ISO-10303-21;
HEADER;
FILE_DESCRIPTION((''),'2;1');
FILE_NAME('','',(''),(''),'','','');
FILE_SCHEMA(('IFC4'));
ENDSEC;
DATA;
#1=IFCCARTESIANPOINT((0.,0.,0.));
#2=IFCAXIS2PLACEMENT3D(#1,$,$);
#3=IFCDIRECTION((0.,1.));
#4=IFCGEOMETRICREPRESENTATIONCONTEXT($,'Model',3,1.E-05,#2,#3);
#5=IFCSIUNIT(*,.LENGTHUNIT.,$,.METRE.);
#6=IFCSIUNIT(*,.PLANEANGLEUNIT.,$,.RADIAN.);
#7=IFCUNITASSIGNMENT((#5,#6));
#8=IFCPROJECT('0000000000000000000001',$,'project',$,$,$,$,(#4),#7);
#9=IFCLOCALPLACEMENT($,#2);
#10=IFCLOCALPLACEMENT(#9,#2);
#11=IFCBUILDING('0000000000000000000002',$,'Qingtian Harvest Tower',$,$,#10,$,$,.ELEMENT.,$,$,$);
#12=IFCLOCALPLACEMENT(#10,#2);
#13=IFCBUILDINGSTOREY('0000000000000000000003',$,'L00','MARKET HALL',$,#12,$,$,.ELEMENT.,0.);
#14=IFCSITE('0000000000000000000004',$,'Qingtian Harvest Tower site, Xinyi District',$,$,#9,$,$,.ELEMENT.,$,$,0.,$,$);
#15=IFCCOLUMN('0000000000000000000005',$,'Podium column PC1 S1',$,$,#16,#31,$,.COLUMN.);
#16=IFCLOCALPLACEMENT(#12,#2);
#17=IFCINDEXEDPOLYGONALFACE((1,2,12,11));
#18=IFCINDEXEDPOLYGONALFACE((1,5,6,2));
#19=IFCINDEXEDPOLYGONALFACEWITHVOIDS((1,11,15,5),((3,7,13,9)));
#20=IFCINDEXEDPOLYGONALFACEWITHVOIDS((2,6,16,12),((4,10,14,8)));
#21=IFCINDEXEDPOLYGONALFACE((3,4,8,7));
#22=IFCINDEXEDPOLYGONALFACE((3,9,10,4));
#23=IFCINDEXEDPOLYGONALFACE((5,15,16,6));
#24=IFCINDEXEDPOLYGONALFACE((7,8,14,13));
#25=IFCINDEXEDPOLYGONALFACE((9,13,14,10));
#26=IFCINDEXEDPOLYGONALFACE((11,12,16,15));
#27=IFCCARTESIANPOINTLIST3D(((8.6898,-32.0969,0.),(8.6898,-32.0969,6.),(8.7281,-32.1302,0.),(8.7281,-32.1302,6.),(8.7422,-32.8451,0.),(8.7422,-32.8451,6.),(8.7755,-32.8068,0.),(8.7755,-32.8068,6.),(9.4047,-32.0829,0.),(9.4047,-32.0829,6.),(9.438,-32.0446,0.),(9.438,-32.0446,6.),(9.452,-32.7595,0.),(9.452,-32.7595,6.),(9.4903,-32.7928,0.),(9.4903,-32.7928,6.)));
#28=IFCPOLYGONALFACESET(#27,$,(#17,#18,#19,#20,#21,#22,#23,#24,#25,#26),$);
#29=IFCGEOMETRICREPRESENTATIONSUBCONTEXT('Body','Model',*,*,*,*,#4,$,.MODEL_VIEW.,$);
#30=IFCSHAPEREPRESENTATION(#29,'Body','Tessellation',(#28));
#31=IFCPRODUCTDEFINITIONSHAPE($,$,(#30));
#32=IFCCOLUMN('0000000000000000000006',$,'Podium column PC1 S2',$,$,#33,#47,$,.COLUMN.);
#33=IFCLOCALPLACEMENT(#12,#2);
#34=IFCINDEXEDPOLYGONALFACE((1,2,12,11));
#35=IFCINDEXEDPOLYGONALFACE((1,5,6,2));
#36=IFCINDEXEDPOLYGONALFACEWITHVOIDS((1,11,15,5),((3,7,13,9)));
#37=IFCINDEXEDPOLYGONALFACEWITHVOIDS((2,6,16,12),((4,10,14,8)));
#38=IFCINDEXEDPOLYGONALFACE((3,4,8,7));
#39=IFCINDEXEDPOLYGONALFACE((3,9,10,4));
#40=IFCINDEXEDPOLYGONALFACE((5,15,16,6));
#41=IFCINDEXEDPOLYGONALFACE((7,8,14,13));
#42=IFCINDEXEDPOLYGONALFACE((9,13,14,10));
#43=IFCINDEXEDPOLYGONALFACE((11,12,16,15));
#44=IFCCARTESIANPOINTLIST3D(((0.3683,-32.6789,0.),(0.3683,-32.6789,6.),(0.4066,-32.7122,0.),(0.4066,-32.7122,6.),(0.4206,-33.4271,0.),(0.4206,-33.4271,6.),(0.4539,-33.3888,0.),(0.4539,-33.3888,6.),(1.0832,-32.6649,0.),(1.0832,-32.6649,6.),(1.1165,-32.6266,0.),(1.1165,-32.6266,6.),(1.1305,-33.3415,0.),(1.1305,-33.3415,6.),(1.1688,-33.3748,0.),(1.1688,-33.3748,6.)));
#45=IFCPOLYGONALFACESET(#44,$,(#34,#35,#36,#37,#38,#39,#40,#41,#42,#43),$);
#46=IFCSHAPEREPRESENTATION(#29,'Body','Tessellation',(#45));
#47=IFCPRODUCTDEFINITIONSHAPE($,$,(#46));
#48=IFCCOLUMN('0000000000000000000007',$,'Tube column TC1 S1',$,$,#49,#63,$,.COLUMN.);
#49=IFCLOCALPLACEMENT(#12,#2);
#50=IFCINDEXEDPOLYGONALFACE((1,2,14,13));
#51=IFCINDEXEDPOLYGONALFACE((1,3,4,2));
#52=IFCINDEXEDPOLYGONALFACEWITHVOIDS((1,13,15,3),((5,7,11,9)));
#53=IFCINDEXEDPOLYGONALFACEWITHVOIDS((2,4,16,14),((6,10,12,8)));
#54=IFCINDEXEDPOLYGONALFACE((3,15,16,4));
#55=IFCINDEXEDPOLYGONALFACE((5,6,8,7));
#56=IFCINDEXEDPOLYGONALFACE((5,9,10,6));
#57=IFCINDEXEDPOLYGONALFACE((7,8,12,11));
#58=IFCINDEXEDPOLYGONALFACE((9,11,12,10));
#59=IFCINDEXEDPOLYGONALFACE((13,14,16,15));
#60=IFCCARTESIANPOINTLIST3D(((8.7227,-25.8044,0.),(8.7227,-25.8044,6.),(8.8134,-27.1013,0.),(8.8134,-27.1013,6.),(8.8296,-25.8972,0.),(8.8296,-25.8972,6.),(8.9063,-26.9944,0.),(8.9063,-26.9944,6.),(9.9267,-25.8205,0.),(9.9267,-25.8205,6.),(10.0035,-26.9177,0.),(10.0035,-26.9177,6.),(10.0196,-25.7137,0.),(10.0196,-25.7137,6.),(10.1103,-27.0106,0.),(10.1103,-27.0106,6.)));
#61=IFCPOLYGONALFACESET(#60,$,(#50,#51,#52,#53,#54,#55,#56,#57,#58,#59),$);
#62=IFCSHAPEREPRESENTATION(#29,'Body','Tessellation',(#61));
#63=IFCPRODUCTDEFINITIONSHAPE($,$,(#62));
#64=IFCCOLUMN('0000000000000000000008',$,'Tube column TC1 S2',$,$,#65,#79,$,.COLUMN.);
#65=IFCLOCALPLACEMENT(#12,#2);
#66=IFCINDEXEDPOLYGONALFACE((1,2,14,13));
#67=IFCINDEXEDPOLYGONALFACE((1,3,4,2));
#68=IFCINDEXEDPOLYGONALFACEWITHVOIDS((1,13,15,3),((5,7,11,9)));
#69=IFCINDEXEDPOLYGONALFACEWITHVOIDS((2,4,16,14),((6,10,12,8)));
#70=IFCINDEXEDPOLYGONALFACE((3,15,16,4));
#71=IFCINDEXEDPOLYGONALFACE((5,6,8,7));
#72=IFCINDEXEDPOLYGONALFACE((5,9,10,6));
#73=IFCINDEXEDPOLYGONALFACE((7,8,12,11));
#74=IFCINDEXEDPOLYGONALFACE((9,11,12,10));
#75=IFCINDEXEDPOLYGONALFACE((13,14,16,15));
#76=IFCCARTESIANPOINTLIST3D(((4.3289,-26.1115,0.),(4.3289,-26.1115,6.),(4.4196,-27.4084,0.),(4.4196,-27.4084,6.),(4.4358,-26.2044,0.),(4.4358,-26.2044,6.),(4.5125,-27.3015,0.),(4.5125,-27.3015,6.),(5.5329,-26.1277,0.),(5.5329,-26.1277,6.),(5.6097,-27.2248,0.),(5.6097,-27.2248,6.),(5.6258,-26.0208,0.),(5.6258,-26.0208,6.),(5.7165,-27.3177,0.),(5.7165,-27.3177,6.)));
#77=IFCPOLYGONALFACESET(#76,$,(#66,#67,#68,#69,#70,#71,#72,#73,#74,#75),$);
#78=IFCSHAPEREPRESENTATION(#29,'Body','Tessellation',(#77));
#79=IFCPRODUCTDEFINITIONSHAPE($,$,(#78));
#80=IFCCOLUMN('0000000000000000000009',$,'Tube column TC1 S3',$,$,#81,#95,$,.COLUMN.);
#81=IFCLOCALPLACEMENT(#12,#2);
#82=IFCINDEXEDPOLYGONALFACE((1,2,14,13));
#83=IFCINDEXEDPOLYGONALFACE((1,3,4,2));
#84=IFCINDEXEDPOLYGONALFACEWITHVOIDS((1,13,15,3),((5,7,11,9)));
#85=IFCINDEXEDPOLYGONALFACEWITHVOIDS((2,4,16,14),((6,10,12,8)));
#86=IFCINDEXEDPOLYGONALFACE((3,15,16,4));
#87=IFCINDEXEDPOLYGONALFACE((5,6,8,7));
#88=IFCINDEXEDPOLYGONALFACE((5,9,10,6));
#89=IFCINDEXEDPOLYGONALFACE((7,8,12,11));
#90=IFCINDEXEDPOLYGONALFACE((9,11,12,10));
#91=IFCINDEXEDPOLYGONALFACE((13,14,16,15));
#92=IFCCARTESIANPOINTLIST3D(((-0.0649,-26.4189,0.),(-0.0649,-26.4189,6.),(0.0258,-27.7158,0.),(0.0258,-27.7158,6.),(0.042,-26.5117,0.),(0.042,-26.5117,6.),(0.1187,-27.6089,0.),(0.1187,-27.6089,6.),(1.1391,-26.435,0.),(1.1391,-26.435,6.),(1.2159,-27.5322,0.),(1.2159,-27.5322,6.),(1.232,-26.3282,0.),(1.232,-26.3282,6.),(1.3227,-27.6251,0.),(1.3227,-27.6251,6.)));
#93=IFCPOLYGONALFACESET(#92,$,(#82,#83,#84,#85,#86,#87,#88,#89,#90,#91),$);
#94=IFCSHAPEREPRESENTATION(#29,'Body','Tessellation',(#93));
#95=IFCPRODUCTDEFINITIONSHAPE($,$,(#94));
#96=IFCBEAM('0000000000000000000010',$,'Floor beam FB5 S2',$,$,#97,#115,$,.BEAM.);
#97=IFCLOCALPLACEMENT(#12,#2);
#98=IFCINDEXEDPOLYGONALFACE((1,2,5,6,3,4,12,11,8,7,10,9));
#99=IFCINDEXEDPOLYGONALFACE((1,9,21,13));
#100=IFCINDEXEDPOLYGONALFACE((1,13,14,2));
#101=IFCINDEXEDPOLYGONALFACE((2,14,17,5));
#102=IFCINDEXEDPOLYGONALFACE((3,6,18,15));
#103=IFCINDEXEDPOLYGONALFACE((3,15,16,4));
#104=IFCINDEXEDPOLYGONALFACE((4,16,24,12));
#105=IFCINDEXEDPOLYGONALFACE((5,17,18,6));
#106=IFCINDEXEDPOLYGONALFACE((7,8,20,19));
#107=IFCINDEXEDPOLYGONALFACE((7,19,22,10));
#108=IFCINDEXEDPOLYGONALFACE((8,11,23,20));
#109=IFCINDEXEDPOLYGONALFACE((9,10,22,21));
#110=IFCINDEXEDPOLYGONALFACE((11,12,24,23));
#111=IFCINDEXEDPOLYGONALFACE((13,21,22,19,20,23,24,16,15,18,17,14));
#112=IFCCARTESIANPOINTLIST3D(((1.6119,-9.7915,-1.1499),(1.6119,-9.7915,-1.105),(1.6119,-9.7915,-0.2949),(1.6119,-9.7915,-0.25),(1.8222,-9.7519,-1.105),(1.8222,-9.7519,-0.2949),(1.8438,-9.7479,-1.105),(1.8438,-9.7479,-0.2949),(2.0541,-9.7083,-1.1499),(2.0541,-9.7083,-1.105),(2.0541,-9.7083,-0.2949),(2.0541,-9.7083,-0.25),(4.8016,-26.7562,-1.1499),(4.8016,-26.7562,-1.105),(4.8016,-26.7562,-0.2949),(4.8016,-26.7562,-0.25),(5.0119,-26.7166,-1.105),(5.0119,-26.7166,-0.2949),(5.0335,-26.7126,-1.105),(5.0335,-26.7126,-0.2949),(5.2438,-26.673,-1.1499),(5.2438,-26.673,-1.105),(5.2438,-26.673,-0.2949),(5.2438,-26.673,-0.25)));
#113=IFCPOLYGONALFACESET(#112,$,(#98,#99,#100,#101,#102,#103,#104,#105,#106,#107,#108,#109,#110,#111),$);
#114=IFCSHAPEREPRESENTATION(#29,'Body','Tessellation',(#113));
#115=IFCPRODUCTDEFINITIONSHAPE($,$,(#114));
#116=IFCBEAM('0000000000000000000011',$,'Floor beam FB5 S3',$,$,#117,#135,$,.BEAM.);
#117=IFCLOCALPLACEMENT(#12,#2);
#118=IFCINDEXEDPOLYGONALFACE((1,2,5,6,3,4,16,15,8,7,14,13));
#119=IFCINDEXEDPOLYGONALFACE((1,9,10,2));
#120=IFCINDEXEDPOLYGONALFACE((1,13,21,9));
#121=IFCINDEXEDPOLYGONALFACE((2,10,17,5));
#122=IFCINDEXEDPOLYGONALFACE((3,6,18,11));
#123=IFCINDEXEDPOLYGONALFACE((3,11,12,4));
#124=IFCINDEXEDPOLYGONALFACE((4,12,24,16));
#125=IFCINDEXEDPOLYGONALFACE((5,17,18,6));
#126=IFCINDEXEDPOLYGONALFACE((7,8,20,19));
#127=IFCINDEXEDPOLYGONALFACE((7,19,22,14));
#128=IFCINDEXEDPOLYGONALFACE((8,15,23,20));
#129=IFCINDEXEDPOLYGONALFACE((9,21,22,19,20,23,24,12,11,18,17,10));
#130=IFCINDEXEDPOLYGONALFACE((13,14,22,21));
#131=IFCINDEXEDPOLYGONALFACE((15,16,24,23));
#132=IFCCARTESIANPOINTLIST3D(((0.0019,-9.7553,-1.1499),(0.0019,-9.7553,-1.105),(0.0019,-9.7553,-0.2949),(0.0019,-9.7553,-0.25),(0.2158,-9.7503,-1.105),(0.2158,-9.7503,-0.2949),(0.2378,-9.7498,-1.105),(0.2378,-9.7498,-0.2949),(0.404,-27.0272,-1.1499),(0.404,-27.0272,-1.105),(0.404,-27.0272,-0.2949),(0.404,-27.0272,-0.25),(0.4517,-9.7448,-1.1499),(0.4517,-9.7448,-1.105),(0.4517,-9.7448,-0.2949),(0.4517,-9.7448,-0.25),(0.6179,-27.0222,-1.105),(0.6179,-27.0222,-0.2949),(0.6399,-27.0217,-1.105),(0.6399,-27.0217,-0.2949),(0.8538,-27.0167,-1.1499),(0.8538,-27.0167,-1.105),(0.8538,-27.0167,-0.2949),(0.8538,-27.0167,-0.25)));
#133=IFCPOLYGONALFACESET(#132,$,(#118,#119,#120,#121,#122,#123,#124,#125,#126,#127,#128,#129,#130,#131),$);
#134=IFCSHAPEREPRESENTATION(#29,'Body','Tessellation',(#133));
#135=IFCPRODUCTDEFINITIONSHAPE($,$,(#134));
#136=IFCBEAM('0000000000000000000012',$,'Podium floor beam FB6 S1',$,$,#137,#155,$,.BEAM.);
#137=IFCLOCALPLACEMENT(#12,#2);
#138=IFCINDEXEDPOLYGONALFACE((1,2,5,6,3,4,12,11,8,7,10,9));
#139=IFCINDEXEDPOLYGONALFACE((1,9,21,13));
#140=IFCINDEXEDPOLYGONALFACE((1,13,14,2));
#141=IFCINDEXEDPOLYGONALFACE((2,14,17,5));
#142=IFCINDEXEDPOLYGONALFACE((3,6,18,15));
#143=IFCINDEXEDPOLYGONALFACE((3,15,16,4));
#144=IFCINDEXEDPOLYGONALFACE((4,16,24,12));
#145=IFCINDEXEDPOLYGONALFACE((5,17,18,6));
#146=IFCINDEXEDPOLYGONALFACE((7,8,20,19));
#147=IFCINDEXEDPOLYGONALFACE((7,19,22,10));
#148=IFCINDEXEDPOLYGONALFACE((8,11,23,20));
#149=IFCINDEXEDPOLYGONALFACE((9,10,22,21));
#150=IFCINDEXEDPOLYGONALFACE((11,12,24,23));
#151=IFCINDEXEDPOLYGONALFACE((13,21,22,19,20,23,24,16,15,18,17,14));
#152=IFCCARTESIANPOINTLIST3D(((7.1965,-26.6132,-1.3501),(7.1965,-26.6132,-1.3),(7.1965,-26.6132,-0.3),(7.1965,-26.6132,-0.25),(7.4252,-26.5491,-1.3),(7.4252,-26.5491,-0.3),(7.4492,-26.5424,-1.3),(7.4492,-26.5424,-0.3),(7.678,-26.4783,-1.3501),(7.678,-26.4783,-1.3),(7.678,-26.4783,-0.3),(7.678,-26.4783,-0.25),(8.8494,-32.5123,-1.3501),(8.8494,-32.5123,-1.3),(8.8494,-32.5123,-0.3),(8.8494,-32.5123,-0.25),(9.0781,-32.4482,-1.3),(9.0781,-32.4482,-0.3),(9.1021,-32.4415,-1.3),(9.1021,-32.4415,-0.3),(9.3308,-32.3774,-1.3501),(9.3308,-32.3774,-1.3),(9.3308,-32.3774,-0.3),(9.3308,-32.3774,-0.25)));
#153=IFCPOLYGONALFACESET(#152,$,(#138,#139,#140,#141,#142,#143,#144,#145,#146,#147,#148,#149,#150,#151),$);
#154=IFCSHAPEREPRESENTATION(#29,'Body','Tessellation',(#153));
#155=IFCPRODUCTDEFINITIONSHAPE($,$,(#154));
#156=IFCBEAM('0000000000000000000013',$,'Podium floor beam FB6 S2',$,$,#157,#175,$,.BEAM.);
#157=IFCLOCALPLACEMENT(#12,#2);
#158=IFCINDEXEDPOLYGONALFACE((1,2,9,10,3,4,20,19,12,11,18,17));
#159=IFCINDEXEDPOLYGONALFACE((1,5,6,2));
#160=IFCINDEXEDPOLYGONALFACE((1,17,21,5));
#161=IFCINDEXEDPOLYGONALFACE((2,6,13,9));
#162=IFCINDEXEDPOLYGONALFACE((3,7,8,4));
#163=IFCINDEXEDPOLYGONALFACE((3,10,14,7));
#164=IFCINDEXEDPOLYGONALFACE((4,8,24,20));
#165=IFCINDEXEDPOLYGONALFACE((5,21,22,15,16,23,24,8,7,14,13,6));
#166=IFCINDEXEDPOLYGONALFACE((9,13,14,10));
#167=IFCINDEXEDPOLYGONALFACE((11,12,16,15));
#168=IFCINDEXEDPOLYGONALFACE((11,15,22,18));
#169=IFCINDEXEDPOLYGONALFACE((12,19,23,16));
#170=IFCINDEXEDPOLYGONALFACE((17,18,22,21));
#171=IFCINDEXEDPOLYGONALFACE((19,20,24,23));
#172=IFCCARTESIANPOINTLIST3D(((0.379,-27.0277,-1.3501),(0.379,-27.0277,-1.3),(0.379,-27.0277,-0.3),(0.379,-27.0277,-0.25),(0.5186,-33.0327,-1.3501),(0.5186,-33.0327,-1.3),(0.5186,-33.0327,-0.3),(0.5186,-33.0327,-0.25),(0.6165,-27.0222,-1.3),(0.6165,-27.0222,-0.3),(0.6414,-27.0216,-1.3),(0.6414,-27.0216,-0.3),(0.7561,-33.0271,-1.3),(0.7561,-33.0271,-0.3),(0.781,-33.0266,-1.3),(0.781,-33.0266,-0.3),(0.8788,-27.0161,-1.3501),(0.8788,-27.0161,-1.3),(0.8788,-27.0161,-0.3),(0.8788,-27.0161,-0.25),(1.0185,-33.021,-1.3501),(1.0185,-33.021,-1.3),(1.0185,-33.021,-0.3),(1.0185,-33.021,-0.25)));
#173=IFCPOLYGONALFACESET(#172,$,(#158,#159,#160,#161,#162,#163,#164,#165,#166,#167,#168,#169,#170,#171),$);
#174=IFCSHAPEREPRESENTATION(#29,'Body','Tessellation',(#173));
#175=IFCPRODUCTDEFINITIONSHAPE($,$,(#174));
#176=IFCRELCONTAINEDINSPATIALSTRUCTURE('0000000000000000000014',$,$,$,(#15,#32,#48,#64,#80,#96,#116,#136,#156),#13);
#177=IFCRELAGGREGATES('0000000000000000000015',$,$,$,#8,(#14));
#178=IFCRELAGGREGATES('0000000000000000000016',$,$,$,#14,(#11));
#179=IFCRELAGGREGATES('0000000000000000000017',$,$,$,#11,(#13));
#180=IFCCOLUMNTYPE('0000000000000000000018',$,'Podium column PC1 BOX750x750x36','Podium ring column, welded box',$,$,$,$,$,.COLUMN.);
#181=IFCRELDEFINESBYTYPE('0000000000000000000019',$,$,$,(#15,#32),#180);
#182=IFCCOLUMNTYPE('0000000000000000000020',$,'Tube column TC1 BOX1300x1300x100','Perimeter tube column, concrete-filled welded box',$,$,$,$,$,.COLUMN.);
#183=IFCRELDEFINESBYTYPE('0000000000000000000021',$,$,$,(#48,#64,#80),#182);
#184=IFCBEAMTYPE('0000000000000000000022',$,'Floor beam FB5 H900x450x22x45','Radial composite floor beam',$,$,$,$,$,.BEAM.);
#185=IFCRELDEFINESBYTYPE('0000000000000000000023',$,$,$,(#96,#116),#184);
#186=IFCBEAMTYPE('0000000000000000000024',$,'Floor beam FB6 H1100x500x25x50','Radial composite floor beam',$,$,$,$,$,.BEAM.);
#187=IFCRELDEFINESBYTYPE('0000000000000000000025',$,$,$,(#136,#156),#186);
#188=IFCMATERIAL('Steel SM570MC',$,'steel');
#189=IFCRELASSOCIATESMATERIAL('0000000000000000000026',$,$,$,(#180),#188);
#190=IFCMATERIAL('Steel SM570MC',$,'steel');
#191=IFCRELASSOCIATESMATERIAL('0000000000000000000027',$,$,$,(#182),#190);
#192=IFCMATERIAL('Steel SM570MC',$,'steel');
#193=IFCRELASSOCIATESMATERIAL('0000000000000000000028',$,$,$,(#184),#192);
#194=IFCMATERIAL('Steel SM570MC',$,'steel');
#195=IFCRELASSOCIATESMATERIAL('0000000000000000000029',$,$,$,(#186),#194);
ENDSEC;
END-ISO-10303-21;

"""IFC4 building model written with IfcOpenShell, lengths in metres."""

from ifc_helpers import new_model, si_unit, direction, frame, origin, origin_2d, place, context, subcontext, project, spatial, hollow_rectangle, i_section, extrude, material, material_profile, profile_set, type_object, element, save


model = new_model("IFC4")

# Units and contexts
model_context = context("Model", 3, precision=1e-05, world=origin(), true_north=direction((0.0, 1.0)))
body_context = subcontext(model_context, "Body", "Model", "MODEL_VIEW")
ifc_project = project(units=[si_unit("LENGTHUNIT", "METRE"), si_unit("PLANEANGLEUNIT", "RADIAN")], contexts=[model_context])

# Site, building, storey
site_placement = place(None, origin())
site = spatial("IfcSite", under=ifc_project, at=site_placement, Name="Qingtian Harvest Tower site, Xinyi District", CompositionType="ELEMENT", RefElevation=0.0)
building_placement = place(site_placement, origin())
building = spatial("IfcBuilding", under=site, at=building_placement, Name="Qingtian Harvest Tower", CompositionType="ELEMENT")
storey_placement = place(building_placement, origin())
storey = spatial("IfcBuildingStorey", under=building, at=storey_placement, Name="L00", Description="MARKET HALL", CompositionType="ELEMENT", Elevation=0.0)

# Columns
ifc_material_1 = material(Name="Steel SM570MC", Category="steel")
ifc_material_profile_1 = material_profile(ifc_material_1, hollow_rectangle(XDim=0.75, YDim=0.75, WallThickness=0.0359, at=origin_2d()), Name="BOX750x750x36")
ifc_profile_set_1 = profile_set([ifc_material_profile_1], Name="Steel SM570MC")
column_type_1 = type_object("IfcColumnType", Name="Podium column PC1 BOX750x750x36", Description="Podium ring column, welded box", PredefinedType="COLUMN", material=ifc_profile_set_1)
for number, where, z_axis, x_axis, name in (
    (1, (9.0901, -32.4448, 0.0), (0.0, 0.0, 1.0), (0.997564, 0.069756, 0.0), "Podium column PC1 S1"),
    (2, (0.7686, -33.0269, 0.0), (0.0, 0.0, 1.0), (0.997564, 0.069756, 0.0), "Podium column PC1 S2"),
):
    element("IfcColumn", number, at=place(storey_placement, frame(where, z_axis=z_axis, x_axis=x_axis)), inside=storey, type_object=column_type_1, Name=name, PredefinedType="COLUMN", context=body_context, shape_type="SweptSolid", body=[
        extrude(hollow_rectangle(XDim=0.75, YDim=0.75, WallThickness=0.0359, at=origin_2d()), origin(), (0.0, 0.0, 1.0), 6.0),
    ])
ifc_material_2 = material(Name="Steel SM570MC", Category="steel")
ifc_material_profile_2 = material_profile(ifc_material_2, hollow_rectangle(XDim=1.3, YDim=1.3, WallThickness=0.1001, at=origin_2d()), Name="BOX1300x1300x100")
ifc_profile_set_2 = profile_set([ifc_material_profile_2], Name="Steel SM570MC")
column_type_2 = type_object("IfcColumnType", Name="Tube column TC1 BOX1300x1300x100", Description="Perimeter tube column, concrete-filled welded box", PredefinedType="COLUMN", material=ifc_profile_set_2)
for number, where, z_axis, x_axis, name in (
    (3, (9.4165, -26.4075, 0.0), (0.0, 0.0, 1.0), (0.997564, 0.069756, 0.0), "Tube column TC1 S1"),
    (4, (5.0227, -26.7146, 0.0), (0.0, 0.0, 1.0), (0.997564, 0.069756, 0.0), "Tube column TC1 S2"),
    (5, (0.6289, -27.022, 0.0), (0.0, 0.0, 1.0), (0.997564, 0.069756, 0.0), "Tube column TC1 S3"),
):
    element("IfcColumn", number, at=place(storey_placement, frame(where, z_axis=z_axis, x_axis=x_axis)), inside=storey, type_object=column_type_2, Name=name, PredefinedType="COLUMN", context=body_context, shape_type="SweptSolid", body=[
        extrude(hollow_rectangle(XDim=1.3, YDim=1.3, WallThickness=0.1001, at=origin_2d()), origin(), (0.0, 0.0, 1.0), 6.0),
    ])

# Beams
ifc_material_3 = material(Name="Steel SM570MC", Category="steel")
ifc_material_profile_3 = material_profile(ifc_material_3, i_section(OverallWidth=0.45, OverallDepth=0.8999, WebThickness=0.022, FlangeThickness=0.0449, at=origin_2d()), Name="H900x450x22x45")
ifc_profile_set_3 = profile_set([ifc_material_profile_3], Name="Steel SM570MC")
beam_type_1 = type_object("IfcBeamType", Name="Floor beam FB5 H900x450x22x45", Description="Radial composite floor beam", PredefinedType="BEAM", material=ifc_profile_set_3)
beam_1_placement = place(storey_placement, frame((5.0227, -26.7146, -0.7), z_axis=(-0.184783, 0.982779, 0.0), x_axis=(-0.982779, -0.184783, 0.0)))
element("IfcBeam", 6, at=beam_1_placement, inside=storey, type_object=beam_type_1, Name="Floor beam FB5 S2", PredefinedType="BEAM", context=body_context, shape_type="SweptSolid", body=[
    extrude(i_section(OverallWidth=0.45, OverallDepth=0.8999, WebThickness=0.022, FlangeThickness=0.0449, at=origin_2d()), origin(), (0.0, 0.0, 1.0), 17.262),
])
beam_2_placement = place(storey_placement, frame((0.6289, -27.022, -0.7), z_axis=(-0.023274, 0.999729, 0.0), x_axis=(-0.999729, -0.023274, 0.0)))
element("IfcBeam", 7, at=beam_2_placement, inside=storey, type_object=beam_type_1, Name="Floor beam FB5 S3", PredefinedType="BEAM", context=body_context, shape_type="SweptSolid", body=[
    extrude(i_section(OverallWidth=0.45, OverallDepth=0.8999, WebThickness=0.022, FlangeThickness=0.0449, at=origin_2d()), origin(), (0.0, 0.0, 1.0), 17.2766),
])
ifc_material_4 = material(Name="Steel SM570MC", Category="steel")
ifc_material_profile_4 = material_profile(ifc_material_4, i_section(OverallWidth=0.5, OverallDepth=1.1001, WebThickness=0.0249, FlangeThickness=0.05, at=origin_2d()), Name="H1100x500x25x50")
ifc_profile_set_4 = profile_set([ifc_material_profile_4], Name="Steel SM570MC")
beam_type_2 = type_object("IfcBeamType", Name="Floor beam FB6 H1100x500x25x50", Description="Radial composite floor beam", PredefinedType="BEAM", material=ifc_profile_set_4)
beam_3_placement = place(storey_placement, frame((9.0901, -32.4448, -0.8), z_axis=(-0.269801, 0.962916, 0.0), x_axis=(-0.962916, -0.269801, 0.0)))
element("IfcBeam", 8, at=beam_3_placement, inside=storey, type_object=beam_type_2, Name="Podium floor beam FB6 S1", PredefinedType="BEAM", context=body_context, shape_type="SweptSolid", body=[
    extrude(i_section(OverallWidth=0.5, OverallDepth=1.1001, WebThickness=0.0249, FlangeThickness=0.05, at=origin_2d()), origin(), (0.0, 0.0, 1.0), 6.1262),
])
beam_4_placement = place(storey_placement, frame((0.7686, -33.0269, -0.8), z_axis=(-0.02325, 0.99973, 0.0), x_axis=(-0.99973, -0.02325, 0.0)))
element("IfcBeam", 9, at=beam_4_placement, inside=storey, type_object=beam_type_2, Name="Podium floor beam FB6 S2", PredefinedType="BEAM", context=body_context, shape_type="SweptSolid", body=[
    extrude(i_section(OverallWidth=0.5, OverallDepth=1.1001, WebThickness=0.0249, FlangeThickness=0.05, at=origin_2d()), origin(), (0.0, 0.0, 1.0), 6.0066),
])

save(model, "model.ifc")
